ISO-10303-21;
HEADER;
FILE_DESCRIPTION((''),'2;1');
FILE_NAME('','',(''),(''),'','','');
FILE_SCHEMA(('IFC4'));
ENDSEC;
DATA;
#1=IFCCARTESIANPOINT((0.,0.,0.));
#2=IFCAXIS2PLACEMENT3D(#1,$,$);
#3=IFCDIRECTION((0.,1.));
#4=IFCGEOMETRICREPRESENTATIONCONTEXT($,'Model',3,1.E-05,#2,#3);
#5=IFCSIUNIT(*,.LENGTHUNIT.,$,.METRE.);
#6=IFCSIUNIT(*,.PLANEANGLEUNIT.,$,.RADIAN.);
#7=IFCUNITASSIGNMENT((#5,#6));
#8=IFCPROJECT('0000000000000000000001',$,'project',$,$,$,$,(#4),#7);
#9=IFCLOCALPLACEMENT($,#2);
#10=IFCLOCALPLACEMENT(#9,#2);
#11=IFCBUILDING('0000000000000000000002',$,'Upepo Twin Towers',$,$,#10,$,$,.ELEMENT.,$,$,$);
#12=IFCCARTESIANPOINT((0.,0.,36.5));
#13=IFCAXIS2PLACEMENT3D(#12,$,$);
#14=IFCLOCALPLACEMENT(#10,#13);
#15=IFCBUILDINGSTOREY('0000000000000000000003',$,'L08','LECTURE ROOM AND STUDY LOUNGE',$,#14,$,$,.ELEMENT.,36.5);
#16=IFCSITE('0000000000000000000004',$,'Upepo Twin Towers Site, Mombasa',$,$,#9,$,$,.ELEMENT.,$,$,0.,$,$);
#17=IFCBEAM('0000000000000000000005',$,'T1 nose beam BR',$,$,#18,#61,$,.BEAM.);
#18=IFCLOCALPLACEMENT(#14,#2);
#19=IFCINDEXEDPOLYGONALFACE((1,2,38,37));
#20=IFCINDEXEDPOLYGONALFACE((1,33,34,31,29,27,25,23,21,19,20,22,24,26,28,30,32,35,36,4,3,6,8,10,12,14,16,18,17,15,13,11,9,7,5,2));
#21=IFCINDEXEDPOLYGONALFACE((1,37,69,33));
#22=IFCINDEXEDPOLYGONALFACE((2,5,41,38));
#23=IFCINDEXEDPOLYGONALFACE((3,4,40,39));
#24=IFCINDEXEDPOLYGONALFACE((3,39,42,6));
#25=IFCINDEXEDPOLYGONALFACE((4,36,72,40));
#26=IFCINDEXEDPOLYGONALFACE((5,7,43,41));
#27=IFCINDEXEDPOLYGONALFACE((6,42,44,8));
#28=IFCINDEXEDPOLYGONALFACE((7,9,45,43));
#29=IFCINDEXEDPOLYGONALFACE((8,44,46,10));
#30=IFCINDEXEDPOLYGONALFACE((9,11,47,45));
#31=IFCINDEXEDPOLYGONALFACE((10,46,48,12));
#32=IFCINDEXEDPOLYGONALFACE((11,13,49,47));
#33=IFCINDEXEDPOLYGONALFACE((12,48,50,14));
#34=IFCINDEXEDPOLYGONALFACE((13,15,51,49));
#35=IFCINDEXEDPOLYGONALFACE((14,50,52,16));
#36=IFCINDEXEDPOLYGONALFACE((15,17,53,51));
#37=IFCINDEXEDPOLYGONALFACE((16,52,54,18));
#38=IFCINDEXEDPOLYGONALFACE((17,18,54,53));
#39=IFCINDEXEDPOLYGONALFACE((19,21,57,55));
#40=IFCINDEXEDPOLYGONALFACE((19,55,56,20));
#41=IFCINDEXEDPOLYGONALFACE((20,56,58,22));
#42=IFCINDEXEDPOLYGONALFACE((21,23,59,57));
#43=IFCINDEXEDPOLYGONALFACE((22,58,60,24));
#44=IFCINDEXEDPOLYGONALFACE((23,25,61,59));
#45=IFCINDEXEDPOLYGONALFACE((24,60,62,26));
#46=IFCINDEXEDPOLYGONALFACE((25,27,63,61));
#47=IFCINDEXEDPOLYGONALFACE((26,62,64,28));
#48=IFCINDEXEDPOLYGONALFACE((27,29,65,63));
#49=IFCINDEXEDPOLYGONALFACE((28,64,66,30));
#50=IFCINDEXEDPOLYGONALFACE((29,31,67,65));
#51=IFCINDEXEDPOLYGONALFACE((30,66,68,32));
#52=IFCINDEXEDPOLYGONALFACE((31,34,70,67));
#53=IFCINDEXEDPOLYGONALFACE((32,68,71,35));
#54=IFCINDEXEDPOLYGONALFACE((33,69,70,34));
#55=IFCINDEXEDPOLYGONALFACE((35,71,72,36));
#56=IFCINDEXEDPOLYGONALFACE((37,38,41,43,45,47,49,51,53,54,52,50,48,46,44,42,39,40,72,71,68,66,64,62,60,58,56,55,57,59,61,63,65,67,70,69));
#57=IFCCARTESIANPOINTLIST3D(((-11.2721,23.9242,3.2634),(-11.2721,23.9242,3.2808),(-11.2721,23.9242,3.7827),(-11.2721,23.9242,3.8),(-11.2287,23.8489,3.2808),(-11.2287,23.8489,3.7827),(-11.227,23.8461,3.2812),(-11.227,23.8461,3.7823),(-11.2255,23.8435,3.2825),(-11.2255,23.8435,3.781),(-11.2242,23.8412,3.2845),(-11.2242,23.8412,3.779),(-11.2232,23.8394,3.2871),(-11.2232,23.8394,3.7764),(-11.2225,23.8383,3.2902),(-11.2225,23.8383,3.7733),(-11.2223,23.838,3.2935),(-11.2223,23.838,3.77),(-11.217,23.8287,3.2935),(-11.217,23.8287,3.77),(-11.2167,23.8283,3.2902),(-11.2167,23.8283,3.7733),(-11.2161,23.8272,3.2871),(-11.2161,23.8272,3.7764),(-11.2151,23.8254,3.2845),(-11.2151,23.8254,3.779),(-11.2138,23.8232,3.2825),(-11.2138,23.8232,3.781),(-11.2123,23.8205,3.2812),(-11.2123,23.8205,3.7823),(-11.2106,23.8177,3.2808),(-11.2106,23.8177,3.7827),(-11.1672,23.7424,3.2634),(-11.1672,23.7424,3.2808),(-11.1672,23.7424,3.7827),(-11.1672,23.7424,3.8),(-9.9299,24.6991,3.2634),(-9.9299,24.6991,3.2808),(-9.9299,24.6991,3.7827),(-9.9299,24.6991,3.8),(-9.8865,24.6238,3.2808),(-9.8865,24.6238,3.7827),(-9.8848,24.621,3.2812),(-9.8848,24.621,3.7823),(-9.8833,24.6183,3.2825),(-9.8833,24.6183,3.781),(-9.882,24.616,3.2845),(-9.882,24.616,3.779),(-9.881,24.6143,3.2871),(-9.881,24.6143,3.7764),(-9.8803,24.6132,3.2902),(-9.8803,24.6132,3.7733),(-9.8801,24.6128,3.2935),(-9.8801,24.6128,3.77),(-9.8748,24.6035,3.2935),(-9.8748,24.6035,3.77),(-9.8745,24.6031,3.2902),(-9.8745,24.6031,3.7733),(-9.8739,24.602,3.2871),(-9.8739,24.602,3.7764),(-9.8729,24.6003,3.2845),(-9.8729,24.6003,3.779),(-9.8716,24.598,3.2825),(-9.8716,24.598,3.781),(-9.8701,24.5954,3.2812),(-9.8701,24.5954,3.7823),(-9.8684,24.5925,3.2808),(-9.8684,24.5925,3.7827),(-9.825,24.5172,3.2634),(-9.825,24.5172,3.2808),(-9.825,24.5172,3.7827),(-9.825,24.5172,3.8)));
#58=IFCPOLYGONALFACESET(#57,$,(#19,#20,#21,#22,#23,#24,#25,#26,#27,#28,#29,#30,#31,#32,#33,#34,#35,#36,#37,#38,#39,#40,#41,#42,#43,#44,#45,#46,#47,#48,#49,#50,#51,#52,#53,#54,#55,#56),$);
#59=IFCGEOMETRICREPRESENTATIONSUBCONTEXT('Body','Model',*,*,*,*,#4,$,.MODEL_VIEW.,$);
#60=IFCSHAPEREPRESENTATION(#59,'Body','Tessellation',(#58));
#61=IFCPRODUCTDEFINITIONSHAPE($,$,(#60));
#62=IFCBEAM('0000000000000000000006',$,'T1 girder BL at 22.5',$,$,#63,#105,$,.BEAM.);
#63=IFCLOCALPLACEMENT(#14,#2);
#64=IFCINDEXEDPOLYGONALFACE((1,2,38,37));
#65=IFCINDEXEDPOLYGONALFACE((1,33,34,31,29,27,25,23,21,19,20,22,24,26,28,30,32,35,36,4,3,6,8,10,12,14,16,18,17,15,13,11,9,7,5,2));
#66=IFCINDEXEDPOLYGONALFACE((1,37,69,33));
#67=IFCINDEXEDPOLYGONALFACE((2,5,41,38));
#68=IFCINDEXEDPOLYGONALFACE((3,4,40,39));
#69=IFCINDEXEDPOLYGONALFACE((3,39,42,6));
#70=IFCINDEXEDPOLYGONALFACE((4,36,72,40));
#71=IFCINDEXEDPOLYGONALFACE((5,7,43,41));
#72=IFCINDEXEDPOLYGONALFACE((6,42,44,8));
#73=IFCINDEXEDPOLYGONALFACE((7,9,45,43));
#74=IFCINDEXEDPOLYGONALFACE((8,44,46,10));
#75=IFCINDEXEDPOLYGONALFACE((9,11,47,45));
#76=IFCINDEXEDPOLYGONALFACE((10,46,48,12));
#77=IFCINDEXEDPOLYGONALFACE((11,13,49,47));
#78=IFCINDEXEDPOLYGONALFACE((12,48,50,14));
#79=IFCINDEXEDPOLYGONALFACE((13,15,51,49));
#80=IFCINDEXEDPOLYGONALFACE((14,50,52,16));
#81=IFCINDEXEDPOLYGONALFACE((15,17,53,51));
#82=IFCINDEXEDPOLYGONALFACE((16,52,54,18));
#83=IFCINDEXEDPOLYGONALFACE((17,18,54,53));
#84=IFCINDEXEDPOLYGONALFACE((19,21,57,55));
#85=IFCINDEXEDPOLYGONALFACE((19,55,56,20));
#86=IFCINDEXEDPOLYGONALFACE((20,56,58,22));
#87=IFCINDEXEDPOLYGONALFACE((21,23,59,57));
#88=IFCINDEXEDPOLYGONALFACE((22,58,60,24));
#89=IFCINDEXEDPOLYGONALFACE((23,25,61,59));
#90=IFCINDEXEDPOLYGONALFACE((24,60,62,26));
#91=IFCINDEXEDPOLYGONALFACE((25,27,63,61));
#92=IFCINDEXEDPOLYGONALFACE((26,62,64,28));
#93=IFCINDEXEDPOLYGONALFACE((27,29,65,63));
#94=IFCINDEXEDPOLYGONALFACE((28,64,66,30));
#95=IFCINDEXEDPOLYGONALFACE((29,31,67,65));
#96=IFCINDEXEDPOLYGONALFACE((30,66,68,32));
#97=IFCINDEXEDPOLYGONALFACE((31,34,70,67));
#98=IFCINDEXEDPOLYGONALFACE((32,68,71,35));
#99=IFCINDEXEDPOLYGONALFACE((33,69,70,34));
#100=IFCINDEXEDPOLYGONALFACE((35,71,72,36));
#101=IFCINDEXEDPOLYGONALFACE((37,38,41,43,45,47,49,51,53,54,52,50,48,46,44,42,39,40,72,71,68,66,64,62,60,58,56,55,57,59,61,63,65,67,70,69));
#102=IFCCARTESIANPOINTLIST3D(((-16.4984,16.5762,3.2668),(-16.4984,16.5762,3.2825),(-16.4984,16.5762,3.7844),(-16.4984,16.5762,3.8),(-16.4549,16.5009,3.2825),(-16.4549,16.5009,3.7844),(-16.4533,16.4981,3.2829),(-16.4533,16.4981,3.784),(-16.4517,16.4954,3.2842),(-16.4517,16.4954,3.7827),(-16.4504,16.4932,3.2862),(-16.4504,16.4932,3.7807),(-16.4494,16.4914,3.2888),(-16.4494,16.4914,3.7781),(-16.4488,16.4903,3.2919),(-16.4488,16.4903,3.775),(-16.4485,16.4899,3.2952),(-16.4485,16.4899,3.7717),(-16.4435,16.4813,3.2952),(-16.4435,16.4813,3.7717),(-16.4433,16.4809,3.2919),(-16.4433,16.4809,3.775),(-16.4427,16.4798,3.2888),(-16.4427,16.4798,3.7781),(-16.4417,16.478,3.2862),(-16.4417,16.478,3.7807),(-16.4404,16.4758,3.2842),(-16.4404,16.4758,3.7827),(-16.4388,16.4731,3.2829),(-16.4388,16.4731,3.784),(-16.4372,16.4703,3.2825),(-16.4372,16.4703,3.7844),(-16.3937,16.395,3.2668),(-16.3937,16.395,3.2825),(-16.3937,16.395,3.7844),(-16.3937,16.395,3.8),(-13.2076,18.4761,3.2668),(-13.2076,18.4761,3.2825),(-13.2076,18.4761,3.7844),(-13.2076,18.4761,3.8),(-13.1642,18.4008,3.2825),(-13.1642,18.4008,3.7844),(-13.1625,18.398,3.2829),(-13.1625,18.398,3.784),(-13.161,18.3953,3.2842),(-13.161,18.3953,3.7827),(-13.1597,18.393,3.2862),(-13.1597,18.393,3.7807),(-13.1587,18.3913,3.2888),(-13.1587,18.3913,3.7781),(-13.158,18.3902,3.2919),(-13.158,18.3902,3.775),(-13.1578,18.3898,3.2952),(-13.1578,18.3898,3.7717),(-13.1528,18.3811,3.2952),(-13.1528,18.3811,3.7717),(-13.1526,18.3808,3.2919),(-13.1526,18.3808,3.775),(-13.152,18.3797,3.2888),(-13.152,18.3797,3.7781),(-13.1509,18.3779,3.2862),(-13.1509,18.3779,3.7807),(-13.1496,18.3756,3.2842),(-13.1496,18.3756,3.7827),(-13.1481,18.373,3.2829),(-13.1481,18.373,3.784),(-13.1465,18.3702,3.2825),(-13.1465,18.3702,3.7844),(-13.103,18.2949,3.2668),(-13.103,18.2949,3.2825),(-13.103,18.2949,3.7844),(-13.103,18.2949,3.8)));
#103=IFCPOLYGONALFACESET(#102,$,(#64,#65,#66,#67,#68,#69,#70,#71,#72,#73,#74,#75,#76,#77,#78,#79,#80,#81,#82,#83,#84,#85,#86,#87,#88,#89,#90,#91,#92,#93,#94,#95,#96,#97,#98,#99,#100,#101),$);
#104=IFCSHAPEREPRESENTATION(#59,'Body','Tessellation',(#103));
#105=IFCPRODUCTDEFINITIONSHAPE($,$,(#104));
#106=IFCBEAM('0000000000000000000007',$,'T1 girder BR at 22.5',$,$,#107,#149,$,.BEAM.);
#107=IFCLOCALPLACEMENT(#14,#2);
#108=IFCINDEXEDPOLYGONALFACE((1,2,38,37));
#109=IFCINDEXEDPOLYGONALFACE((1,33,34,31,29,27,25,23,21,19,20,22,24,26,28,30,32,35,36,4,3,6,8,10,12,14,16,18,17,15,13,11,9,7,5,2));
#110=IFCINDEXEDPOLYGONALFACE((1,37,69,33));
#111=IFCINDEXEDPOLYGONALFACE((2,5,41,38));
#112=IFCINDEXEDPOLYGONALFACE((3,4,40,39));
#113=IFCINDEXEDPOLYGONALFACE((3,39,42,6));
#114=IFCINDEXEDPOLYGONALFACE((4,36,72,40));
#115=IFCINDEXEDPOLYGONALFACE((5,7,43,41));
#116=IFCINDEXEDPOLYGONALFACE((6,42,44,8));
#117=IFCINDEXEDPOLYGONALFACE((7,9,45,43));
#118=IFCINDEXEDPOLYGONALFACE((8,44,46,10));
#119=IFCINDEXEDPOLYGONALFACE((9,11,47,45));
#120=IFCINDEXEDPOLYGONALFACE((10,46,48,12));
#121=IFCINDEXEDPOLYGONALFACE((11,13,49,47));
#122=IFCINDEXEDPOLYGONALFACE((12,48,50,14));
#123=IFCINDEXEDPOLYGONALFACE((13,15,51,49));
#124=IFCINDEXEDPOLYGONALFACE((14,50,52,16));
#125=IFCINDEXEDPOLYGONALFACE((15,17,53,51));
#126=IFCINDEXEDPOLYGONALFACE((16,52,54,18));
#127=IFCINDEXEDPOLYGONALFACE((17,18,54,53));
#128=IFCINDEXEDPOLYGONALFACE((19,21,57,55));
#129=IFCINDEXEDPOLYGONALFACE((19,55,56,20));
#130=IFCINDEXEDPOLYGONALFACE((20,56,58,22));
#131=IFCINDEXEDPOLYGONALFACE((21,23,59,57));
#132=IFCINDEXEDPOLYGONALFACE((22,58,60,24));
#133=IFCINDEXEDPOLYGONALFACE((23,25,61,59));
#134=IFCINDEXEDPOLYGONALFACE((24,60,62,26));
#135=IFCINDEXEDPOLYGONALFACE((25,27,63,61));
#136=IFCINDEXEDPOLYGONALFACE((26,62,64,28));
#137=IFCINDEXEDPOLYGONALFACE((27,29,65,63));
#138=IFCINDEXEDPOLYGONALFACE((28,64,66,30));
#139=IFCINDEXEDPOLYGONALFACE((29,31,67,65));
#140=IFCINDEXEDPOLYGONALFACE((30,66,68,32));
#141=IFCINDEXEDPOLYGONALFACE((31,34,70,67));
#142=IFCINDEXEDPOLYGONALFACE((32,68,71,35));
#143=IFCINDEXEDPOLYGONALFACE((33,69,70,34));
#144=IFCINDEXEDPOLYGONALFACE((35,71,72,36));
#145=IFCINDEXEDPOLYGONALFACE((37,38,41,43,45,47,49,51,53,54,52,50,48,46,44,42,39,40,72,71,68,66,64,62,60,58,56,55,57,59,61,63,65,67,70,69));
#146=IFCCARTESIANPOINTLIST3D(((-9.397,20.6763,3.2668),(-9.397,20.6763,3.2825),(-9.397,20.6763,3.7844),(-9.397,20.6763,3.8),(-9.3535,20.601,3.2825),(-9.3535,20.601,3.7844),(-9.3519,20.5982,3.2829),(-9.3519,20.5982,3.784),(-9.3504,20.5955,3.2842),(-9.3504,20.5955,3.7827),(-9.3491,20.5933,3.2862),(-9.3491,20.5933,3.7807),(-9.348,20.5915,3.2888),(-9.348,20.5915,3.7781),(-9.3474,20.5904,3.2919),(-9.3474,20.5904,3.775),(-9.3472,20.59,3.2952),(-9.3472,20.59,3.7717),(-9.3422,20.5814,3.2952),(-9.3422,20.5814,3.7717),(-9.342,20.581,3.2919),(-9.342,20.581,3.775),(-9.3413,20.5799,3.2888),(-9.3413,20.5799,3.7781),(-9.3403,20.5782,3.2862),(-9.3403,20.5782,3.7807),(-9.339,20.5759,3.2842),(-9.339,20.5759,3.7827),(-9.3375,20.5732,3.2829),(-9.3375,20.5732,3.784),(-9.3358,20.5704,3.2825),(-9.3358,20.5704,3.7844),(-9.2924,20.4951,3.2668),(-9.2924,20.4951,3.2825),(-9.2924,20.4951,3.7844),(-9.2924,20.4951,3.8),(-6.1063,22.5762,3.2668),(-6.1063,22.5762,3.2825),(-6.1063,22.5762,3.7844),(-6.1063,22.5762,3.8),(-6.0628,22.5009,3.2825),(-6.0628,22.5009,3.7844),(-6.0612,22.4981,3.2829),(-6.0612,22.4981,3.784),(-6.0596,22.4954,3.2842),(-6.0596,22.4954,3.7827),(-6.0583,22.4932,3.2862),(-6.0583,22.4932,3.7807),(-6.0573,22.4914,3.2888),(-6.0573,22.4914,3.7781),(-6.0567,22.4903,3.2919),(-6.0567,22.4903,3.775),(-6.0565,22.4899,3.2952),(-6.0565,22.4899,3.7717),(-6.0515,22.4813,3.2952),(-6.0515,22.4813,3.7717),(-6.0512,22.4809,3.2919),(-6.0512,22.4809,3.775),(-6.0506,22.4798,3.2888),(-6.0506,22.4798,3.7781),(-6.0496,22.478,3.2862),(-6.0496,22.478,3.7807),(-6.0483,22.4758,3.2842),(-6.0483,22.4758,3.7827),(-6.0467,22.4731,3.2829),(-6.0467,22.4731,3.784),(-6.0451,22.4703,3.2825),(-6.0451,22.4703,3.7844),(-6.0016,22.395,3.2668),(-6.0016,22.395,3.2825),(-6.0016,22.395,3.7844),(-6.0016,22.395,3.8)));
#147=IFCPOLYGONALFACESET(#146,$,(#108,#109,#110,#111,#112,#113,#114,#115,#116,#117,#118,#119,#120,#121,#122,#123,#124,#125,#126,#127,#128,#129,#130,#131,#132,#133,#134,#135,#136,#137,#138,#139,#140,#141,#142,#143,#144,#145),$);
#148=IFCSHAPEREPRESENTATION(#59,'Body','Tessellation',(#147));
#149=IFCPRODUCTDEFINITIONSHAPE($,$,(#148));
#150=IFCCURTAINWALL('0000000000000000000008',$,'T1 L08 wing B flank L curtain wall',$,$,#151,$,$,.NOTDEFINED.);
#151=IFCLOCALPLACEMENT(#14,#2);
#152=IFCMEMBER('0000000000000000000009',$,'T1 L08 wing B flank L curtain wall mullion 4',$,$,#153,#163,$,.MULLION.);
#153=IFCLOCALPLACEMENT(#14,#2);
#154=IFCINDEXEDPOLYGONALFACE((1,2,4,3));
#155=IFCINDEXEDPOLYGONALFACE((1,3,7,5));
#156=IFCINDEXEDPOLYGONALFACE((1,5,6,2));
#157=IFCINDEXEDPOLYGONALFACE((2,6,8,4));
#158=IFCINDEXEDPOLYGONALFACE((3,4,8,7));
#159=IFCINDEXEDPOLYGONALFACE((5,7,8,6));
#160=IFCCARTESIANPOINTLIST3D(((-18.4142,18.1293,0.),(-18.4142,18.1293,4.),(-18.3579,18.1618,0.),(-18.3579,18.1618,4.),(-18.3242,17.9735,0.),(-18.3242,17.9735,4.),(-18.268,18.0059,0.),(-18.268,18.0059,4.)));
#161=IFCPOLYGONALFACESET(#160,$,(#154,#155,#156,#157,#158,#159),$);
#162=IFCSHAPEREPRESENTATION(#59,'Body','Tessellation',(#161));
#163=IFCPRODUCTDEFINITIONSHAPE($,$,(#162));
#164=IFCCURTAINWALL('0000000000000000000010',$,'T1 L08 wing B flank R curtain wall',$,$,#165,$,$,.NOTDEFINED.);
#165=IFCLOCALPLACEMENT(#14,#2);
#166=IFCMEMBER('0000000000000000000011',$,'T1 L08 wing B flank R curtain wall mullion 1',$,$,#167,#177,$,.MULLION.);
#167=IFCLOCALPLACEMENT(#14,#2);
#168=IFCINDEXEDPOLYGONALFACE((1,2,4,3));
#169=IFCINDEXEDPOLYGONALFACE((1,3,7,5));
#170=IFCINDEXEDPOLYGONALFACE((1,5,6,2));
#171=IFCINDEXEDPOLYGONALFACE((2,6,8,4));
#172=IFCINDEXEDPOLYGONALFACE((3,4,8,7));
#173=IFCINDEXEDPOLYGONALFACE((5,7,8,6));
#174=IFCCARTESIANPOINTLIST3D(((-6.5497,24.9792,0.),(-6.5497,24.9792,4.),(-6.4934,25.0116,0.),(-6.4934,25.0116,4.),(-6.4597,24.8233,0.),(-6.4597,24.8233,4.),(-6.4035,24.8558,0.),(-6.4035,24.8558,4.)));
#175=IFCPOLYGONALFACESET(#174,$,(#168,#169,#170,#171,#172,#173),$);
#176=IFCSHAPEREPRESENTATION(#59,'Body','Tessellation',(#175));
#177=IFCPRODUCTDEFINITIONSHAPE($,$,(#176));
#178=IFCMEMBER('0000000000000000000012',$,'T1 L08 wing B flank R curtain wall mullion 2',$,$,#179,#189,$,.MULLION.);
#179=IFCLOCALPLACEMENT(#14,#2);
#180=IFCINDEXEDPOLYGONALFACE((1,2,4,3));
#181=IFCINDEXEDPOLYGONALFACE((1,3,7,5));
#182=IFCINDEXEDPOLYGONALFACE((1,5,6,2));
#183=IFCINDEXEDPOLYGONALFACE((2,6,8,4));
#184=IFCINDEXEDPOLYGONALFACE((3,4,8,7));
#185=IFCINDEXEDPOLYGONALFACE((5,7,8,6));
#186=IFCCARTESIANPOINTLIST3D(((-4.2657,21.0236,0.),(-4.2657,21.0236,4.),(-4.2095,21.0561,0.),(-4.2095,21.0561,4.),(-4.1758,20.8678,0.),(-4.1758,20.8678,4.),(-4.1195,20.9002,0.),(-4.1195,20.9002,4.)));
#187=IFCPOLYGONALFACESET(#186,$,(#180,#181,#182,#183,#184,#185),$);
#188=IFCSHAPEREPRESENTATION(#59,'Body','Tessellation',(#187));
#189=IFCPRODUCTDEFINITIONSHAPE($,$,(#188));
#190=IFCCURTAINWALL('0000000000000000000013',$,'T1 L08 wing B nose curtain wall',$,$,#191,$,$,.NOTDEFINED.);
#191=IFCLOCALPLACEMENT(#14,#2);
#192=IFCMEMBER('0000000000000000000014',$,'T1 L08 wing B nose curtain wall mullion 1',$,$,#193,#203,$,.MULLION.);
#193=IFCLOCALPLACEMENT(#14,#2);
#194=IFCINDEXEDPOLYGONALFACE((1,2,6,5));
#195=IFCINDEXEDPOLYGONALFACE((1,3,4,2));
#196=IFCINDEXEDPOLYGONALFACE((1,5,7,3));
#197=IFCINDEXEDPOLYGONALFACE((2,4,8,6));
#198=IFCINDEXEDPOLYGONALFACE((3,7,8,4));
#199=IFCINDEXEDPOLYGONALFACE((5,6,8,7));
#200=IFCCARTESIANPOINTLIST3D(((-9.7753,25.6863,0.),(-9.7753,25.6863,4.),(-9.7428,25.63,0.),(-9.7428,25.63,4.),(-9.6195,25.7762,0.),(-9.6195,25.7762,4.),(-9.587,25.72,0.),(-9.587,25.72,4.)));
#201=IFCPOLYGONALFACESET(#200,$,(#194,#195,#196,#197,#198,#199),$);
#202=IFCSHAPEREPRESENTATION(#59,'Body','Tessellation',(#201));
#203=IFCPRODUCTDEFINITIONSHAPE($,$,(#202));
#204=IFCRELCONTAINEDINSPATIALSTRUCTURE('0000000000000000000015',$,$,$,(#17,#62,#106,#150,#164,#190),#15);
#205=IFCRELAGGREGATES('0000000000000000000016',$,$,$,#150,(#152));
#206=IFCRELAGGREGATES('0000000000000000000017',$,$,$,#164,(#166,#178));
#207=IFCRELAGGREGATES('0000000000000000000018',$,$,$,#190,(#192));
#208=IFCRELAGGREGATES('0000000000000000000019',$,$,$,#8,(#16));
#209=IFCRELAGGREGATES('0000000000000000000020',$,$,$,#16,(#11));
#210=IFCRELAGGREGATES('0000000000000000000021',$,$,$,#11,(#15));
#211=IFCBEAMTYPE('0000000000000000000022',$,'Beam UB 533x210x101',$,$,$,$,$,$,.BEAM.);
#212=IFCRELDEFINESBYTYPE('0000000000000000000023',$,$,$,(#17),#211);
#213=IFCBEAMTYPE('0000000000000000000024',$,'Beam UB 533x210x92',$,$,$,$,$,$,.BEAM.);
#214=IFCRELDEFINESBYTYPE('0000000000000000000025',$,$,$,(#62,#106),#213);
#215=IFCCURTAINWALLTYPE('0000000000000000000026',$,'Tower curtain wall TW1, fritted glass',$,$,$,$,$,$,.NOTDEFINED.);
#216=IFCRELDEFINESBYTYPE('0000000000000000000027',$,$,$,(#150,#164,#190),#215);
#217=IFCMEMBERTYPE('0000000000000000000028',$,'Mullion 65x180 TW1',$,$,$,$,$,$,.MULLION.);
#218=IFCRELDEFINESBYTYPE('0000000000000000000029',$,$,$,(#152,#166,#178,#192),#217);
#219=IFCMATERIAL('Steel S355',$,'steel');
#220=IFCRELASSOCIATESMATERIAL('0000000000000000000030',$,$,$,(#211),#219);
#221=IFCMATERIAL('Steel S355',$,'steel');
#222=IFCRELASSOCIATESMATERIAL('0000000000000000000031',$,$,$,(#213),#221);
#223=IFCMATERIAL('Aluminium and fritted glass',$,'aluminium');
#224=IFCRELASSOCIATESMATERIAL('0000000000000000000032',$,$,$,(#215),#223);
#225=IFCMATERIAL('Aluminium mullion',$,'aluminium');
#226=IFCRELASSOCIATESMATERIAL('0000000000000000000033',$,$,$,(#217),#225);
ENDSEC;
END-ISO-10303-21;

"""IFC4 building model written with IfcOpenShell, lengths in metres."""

from ifc_helpers import new_model, si_unit, direction, frame, origin, origin_2d, place, context, subcontext, project, spatial, rectangle, i_section, extrude, material, material_profile, profile_set, type_object, element, aggregate, save


model = new_model("IFC4")

# Units and contexts
model_context = context("Model", 3, precision=1e-05, world=origin(), true_north=direction((0.0, 1.0)))
body_context = subcontext(model_context, "Body", "Model", "MODEL_VIEW")
ifc_project = project(units=[si_unit("LENGTHUNIT", "METRE"), si_unit("PLANEANGLEUNIT", "RADIAN")], contexts=[model_context])

# Site, building, storey
site_placement = place(None, origin())
site = spatial("IfcSite", under=ifc_project, at=site_placement, Name="Upepo Twin Towers Site, Mombasa", CompositionType="ELEMENT", RefElevation=0.0)
building_placement = place(site_placement, origin())
building = spatial("IfcBuilding", under=site, at=building_placement, Name="Upepo Twin Towers", CompositionType="ELEMENT")
storey_placement = place(building_placement, frame((0.0, 0.0, 36.5)))
storey = spatial("IfcBuildingStorey", under=building, at=storey_placement, Name="L08", Description="LECTURE ROOM AND STUDY LOUNGE", CompositionType="ELEMENT", Elevation=36.5)

# Beams
ifc_material_1 = material(Name="Steel S355", Category="steel")
ifc_material_profile_1 = material_profile(ifc_material_1, i_section(OverallWidth=0.21, OverallDepth=0.5366, WebThickness=0.0107, FlangeThickness=0.0173, FilletRadius=0.0127, at=origin_2d()), Name="UB 533x210x101")
ifc_profile_set_1 = profile_set([ifc_material_profile_1], Name="Steel S355")
beam_type_1 = type_object("IfcBeamType", Name="Beam UB 533x210x101", PredefinedType="BEAM", material=ifc_profile_set_1)
for number, where, z_axis, x_axis, name in (
    (1, (-9.8774, 24.6082, 3.5317), (-0.866044, -0.499968, 0.0), (0.499968, -0.866044, 0.0), "T1 nose beam BR"),
):
    element("IfcBeam", number, at=place(storey_placement, frame(where, z_axis=z_axis, x_axis=x_axis)), inside=storey, type_object=beam_type_1, Name=name, PredefinedType="BEAM", context=body_context, shape_type="SweptSolid", body=[
        extrude(i_section(OverallWidth=0.21, OverallDepth=0.5366, WebThickness=0.0107, FlangeThickness=0.0173, FilletRadius=0.0127, at=origin_2d()), origin(), (0.0, 0.0, 1.0), 1.5498),
    ])
ifc_material_2 = material(Name="Steel S355", Category="steel")
ifc_material_profile_2 = material_profile(ifc_material_2, i_section(OverallWidth=0.2092, OverallDepth=0.5332, WebThickness=0.01, FlangeThickness=0.0156, FilletRadius=0.0127, at=origin_2d()), Name="UB 533x210x92")
ifc_profile_set_2 = profile_set([ifc_material_profile_2], Name="Steel S355")
beam_type_2 = type_object("IfcBeamType", Name="Beam UB 533x210x92", PredefinedType="BEAM", material=ifc_profile_set_2)
for number, where, z_axis, x_axis, name in (
    (2, (-16.446, 16.4856, 3.5334), (0.866028, 0.499995, 0.0), (-0.499995, 0.866028, 0.0), "T1 girder BL at 22.5"),
    (3, (-6.054, 22.4856, 3.5334), (-0.866028, -0.499995, 0.0), (0.499995, -0.866028, 0.0), "T1 girder BR at 22.5"),
):
    element("IfcBeam", number, at=place(storey_placement, frame(where, z_axis=z_axis, x_axis=x_axis)), inside=storey, type_object=beam_type_2, Name=name, PredefinedType="BEAM", context=body_context, shape_type="SweptSolid", body=[
        extrude(i_section(OverallWidth=0.2092, OverallDepth=0.5332, WebThickness=0.01, FlangeThickness=0.0156, FilletRadius=0.0127, at=origin_2d()), origin(), (0.0, 0.0, 1.0), 3.7998),
    ])

# Curtain wall, member
ifc_material_3 = material(Name="Aluminium and fritted glass", Category="aluminium")
curtain_wall_type = type_object("IfcCurtainWallType", Name="Tower curtain wall TW1, fritted glass", PredefinedType="NOTDEFINED", material=ifc_material_3)
curtain_wall_1_placement = place(storey_placement, origin())
curtain_wall_1 = element("IfcCurtainWall", 4, at=curtain_wall_1_placement, inside=storey, type_object=curtain_wall_type, Name="T1 L08 wing B flank L curtain wall", PredefinedType="NOTDEFINED")
ifc_material_4 = material(Name="Aluminium mullion", Category="aluminium")
ifc_material_profile_3 = material_profile(ifc_material_4, rectangle(XDim=0.0649, YDim=0.1799, at=origin_2d()), Name="MULLION 65x180")
ifc_profile_set_3 = profile_set([ifc_material_profile_3], Name="Aluminium mullion")
member_type_1 = type_object("IfcMemberType", Name="Mullion 65x180 TW1", PredefinedType="MULLION", material=ifc_profile_set_3)
member_1_placement = place(storey_placement, frame((-18.3411, 18.0676, 0.0), z_axis=(0.0, 0.0, 1.0), x_axis=(-0.866025, -0.5, 0.0)))
member_1 = element("IfcMember", 5, at=member_1_placement, type_object=member_type_1, Name="T1 L08 wing B flank L curtain wall mullion 4", PredefinedType="MULLION", context=body_context, shape_type="SweptSolid", body=[
    extrude(rectangle(XDim=0.0649, YDim=0.1799, at=origin_2d()), origin(), (0.0, 0.0, 1.0), 4.0),
])
aggregate(curtain_wall_1, [member_1])

# Curtain walls, members
curtain_wall_2_placement = place(storey_placement, origin())
curtain_wall_2 = element("IfcCurtainWall", 6, at=curtain_wall_2_placement, inside=storey, type_object=curtain_wall_type, Name="T1 L08 wing B flank R curtain wall", PredefinedType="NOTDEFINED")
member_2_placement = place(storey_placement, frame((-6.4766, 24.9175, 0.0), z_axis=(0.0, 0.0, 1.0), x_axis=(0.866025, 0.5, 0.0)))
member_2 = element("IfcMember", 7, at=member_2_placement, type_object=member_type_1, Name="T1 L08 wing B flank R curtain wall mullion 1", PredefinedType="MULLION", context=body_context, shape_type="SweptSolid", body=[
    extrude(rectangle(XDim=0.0649, YDim=0.1799, at=origin_2d()), origin(), (0.0, 0.0, 1.0), 4.0),
])
member_3_placement = place(storey_placement, frame((-4.1926, 20.9619, 0.0), z_axis=(0.0, 0.0, 1.0), x_axis=(0.866025, 0.5, 0.0)))
member_3 = element("IfcMember", 8, at=member_3_placement, type_object=member_type_1, Name="T1 L08 wing B flank R curtain wall mullion 2", PredefinedType="MULLION", context=body_context, shape_type="SweptSolid", body=[
    extrude(rectangle(XDim=0.0649, YDim=0.1799, at=origin_2d()), origin(), (0.0, 0.0, 1.0), 4.0),
])
curtain_wall_3_placement = place(storey_placement, origin())
curtain_wall_3 = element("IfcCurtainWall", 9, at=curtain_wall_3_placement, inside=storey, type_object=curtain_wall_type, Name="T1 L08 wing B nose curtain wall", PredefinedType="NOTDEFINED")
member_4_placement = place(storey_placement, frame((-9.6812, 25.7031, 0.0), z_axis=(0.0, 0.0, 1.0), x_axis=(0.5, -0.866025, 0.0)))
member_4 = element("IfcMember", 10, at=member_4_placement, type_object=member_type_1, Name="T1 L08 wing B nose curtain wall mullion 1", PredefinedType="MULLION", context=body_context, shape_type="SweptSolid", body=[
    extrude(rectangle(XDim=0.0649, YDim=0.1799, at=origin_2d()), origin(), (0.0, 0.0, 1.0), 4.0),
])

aggregate(curtain_wall_2, [member_2, member_3])
aggregate(curtain_wall_3, [member_4])

save(model, "model.ifc")
